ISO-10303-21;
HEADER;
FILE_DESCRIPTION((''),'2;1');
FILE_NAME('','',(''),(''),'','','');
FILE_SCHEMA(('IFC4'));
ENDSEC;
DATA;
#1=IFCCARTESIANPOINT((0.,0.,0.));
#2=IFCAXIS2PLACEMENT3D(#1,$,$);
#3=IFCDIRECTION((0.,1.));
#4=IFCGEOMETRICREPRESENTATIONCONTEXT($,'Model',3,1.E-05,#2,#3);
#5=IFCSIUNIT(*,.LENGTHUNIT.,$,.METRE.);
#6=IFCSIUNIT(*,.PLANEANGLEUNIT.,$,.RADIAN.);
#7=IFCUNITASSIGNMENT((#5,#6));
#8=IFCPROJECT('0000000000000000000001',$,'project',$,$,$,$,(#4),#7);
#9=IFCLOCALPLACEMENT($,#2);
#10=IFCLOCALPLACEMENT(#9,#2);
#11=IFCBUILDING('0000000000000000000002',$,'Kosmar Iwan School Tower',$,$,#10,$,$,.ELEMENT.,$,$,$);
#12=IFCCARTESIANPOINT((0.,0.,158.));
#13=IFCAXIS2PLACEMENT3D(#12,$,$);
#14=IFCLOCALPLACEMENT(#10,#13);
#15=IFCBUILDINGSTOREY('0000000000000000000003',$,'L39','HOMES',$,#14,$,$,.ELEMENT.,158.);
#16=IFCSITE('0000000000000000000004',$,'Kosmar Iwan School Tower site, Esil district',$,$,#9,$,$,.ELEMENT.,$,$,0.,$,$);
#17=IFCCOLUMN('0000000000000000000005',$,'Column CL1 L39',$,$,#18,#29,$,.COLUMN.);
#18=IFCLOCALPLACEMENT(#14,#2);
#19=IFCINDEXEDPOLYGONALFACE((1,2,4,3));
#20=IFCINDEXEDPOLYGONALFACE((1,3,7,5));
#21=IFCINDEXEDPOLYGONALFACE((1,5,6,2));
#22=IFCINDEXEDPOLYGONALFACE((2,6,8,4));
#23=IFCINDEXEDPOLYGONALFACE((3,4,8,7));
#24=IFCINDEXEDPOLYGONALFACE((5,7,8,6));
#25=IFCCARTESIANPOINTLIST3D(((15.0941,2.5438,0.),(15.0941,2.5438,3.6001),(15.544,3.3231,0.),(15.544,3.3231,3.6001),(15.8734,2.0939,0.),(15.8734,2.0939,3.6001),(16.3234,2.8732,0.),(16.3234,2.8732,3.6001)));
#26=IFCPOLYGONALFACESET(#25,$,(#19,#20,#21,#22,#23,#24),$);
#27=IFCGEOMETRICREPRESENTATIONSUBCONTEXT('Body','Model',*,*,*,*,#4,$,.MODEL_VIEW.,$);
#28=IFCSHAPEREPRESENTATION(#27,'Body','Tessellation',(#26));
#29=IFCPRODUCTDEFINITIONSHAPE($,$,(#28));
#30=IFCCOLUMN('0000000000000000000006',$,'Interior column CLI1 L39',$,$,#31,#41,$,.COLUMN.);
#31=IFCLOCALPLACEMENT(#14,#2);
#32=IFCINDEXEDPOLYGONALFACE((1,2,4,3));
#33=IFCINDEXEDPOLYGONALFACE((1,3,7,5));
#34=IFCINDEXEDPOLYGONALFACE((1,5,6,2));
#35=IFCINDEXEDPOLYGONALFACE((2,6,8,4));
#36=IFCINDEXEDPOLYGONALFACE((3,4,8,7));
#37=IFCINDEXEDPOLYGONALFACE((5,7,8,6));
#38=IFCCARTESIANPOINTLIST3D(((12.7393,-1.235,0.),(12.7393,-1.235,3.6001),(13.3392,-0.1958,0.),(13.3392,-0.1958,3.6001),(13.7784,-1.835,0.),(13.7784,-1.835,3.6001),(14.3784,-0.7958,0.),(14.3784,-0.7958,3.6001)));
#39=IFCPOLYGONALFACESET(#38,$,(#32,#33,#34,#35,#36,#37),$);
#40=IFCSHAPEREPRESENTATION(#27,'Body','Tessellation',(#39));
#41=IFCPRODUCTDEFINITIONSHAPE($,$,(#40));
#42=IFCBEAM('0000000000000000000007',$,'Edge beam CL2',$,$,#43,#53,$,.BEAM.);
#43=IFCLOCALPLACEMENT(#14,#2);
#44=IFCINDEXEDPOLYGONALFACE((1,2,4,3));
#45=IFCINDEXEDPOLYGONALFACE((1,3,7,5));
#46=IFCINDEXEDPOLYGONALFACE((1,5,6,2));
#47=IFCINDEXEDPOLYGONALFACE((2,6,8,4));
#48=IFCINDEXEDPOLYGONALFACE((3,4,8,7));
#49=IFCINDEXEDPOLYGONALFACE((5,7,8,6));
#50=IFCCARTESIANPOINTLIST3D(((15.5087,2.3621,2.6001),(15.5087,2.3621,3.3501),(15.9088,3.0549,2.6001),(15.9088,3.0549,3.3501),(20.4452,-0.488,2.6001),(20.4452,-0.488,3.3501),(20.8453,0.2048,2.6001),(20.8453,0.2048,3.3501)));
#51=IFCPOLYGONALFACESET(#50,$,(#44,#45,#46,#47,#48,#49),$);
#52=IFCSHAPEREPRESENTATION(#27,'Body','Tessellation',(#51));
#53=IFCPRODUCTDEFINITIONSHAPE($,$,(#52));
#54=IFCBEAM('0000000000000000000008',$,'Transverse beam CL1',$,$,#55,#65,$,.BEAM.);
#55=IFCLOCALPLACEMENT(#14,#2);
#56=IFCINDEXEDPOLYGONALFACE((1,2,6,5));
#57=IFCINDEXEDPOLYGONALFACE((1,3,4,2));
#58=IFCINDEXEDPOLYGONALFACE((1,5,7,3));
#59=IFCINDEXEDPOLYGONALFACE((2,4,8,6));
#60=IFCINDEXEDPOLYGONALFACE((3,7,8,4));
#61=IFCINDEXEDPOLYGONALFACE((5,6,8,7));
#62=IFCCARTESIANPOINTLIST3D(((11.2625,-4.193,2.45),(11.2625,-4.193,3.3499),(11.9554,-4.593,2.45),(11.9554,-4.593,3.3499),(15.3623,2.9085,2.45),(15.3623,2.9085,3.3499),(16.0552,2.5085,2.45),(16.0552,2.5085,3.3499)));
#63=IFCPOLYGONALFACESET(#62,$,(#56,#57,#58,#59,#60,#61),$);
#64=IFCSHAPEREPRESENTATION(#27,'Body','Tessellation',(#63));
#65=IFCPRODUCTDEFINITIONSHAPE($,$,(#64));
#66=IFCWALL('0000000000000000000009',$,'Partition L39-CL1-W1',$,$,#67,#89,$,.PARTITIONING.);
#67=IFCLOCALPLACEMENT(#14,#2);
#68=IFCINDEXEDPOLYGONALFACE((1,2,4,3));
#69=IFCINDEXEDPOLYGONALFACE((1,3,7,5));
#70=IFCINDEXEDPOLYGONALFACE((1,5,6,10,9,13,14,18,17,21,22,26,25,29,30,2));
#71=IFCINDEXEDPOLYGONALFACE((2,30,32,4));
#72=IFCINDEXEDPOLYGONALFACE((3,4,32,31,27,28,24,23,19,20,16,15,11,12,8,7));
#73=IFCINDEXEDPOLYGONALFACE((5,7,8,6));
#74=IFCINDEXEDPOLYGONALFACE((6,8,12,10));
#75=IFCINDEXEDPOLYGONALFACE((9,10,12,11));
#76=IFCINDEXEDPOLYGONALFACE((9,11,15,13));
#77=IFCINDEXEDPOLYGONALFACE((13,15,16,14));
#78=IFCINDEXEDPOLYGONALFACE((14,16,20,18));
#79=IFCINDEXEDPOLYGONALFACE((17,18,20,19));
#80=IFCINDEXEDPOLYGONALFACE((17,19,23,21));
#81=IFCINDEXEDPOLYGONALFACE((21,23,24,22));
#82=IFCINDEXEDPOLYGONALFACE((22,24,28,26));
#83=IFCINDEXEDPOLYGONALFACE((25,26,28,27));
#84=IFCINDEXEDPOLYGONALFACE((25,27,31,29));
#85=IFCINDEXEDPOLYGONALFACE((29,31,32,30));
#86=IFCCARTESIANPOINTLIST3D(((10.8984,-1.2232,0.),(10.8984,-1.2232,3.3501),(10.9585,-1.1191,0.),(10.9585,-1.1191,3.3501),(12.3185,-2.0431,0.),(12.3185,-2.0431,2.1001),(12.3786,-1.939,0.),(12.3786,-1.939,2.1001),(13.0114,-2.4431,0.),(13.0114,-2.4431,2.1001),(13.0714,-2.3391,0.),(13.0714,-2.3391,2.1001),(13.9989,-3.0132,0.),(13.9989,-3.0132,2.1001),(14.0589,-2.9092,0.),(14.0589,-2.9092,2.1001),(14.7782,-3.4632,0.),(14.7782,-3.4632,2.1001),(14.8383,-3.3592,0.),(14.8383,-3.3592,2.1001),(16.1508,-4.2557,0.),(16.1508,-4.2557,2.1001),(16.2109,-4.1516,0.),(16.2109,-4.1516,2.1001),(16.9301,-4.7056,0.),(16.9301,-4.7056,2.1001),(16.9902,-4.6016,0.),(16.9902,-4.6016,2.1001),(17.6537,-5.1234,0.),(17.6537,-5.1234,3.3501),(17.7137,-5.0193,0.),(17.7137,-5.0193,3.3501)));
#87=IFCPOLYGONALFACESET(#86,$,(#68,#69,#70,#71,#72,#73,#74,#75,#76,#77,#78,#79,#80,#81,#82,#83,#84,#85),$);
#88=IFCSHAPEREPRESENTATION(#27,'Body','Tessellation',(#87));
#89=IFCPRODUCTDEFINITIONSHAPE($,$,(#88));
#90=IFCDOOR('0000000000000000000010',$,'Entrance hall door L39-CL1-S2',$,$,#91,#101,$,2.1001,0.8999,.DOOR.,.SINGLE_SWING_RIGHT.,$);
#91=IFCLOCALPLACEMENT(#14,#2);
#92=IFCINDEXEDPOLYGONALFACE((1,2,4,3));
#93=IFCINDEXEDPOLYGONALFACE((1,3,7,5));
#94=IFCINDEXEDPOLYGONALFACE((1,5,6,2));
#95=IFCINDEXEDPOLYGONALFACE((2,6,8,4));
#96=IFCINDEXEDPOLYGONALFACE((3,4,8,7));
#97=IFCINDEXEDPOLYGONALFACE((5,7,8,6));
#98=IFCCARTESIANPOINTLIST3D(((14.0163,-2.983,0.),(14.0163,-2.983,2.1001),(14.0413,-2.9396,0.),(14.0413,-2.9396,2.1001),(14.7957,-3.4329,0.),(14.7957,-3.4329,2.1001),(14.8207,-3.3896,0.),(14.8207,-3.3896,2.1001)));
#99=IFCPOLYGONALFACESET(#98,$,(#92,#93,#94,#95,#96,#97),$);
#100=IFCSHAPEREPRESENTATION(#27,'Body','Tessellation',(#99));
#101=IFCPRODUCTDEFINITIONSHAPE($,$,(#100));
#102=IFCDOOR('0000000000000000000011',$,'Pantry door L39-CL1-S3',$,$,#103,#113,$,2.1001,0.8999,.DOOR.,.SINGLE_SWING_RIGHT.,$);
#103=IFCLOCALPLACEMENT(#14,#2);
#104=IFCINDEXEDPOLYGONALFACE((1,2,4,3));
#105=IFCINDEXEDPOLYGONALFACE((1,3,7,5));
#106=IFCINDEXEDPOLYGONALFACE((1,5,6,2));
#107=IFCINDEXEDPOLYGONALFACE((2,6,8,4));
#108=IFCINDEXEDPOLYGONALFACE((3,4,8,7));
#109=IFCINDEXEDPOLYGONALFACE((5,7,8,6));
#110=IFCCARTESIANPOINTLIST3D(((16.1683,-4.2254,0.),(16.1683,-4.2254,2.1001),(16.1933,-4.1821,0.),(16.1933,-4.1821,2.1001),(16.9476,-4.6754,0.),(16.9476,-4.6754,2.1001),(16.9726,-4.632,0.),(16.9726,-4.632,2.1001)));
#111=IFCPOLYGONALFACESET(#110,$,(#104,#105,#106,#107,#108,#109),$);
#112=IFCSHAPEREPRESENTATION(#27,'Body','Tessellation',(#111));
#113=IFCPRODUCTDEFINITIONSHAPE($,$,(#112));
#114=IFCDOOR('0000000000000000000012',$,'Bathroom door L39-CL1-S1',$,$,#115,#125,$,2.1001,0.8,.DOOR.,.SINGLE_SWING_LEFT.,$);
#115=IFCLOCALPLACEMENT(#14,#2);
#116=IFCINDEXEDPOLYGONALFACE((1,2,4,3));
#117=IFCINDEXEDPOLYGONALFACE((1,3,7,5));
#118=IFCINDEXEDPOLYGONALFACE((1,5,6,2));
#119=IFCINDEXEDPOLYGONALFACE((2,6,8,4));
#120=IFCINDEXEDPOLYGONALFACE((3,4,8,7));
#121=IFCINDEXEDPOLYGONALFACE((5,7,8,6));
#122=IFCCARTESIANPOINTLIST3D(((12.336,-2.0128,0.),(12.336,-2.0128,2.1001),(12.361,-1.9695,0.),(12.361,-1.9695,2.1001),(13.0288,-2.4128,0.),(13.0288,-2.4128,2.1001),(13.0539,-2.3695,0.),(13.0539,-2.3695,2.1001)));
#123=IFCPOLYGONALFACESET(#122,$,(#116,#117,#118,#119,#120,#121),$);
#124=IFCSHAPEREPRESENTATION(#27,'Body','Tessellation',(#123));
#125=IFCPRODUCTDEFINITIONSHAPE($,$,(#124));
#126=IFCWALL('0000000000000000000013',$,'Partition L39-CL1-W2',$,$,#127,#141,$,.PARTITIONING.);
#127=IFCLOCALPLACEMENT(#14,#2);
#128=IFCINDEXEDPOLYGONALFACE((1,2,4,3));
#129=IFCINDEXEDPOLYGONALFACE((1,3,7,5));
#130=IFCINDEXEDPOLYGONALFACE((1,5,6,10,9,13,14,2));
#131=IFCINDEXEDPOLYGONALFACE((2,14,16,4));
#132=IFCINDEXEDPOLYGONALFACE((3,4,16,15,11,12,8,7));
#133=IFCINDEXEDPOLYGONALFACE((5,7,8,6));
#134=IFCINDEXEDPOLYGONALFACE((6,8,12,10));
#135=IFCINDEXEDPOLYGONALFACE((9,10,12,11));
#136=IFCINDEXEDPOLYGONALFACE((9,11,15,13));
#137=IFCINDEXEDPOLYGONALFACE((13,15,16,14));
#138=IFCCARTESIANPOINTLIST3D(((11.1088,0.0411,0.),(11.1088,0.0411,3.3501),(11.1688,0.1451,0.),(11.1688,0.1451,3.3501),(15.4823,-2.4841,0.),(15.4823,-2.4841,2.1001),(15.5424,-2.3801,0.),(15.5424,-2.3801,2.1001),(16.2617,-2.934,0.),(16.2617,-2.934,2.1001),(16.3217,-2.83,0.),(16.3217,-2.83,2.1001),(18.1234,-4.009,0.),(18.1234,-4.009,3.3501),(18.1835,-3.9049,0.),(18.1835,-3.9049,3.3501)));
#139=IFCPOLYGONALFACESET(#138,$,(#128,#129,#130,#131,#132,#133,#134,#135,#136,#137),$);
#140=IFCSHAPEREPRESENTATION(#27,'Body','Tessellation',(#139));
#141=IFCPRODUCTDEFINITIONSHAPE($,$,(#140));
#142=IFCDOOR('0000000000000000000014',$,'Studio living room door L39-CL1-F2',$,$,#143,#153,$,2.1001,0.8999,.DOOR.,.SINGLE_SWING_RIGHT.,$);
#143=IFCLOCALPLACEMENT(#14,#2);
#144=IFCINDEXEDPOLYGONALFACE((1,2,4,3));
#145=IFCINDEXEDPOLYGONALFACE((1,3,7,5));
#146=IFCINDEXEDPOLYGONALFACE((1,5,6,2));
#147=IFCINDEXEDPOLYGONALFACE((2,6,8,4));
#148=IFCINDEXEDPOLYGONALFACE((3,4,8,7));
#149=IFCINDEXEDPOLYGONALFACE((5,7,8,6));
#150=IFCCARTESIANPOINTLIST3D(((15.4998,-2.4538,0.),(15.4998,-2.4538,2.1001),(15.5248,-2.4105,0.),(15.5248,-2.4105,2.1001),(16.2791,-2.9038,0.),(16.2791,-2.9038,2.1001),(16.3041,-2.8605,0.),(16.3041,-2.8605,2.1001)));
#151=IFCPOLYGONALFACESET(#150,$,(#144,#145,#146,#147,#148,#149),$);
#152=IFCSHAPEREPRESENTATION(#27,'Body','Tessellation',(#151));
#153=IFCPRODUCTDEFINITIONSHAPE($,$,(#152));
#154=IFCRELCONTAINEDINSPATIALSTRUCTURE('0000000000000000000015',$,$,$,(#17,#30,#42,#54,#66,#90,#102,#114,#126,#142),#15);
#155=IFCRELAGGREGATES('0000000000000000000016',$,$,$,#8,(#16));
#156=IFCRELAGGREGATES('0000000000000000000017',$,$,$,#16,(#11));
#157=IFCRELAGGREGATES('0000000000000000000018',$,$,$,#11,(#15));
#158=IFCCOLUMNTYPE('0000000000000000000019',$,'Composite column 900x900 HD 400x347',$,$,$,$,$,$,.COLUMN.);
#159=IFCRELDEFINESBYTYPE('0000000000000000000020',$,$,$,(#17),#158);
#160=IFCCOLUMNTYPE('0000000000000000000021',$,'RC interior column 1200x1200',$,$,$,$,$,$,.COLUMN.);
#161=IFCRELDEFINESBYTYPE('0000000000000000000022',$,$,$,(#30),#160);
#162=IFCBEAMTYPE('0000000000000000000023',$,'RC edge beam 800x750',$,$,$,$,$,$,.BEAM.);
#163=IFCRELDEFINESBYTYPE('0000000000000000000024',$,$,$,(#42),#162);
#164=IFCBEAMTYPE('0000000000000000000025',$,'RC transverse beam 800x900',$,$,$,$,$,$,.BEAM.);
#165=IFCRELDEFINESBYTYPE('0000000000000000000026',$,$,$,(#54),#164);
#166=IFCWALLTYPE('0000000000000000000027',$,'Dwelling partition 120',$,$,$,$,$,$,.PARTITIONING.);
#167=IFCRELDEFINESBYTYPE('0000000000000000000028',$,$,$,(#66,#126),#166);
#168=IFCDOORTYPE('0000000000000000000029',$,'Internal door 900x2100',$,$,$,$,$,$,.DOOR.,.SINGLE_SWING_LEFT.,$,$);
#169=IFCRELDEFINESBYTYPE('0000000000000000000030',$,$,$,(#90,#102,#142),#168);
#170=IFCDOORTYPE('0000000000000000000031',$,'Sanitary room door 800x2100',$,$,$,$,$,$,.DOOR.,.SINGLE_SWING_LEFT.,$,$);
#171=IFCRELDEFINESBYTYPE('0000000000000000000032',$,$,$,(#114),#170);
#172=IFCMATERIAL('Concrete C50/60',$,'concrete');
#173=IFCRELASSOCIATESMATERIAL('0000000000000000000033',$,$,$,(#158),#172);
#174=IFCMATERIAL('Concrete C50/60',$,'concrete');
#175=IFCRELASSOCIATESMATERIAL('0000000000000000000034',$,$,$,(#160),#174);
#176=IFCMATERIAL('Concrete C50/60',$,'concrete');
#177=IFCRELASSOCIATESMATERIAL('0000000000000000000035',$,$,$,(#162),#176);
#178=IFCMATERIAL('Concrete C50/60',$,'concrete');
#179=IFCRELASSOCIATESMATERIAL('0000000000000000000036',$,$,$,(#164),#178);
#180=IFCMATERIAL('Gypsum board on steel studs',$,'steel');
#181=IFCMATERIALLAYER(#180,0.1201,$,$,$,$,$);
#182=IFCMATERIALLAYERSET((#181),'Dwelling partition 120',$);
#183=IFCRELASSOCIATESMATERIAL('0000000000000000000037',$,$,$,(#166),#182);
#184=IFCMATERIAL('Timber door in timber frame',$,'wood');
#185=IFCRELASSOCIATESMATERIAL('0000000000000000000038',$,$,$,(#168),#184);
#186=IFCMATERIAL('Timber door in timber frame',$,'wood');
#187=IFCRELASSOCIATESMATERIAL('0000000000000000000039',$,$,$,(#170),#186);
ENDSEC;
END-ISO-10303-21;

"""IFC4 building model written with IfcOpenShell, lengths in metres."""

from ifc_helpers import new_model, si_unit, direction, frame, frame_2d, origin, origin_2d, place, context, subcontext, project, spatial, rectangle, extrude, material, layer, layer_set, material_profile, profile_set, type_object, element, fill, save


model = new_model("IFC4")

# Units and contexts
model_context = context("Model", 3, precision=1e-05, world=origin(), true_north=direction((0.0, 1.0)))
body_context = subcontext(model_context, "Body", "Model", "MODEL_VIEW")
ifc_project = project(units=[si_unit("LENGTHUNIT", "METRE"), si_unit("PLANEANGLEUNIT", "RADIAN")], contexts=[model_context])

# Site, building, storey
site_placement = place(None, origin())
site = spatial("IfcSite", under=ifc_project, at=site_placement, Name="Kosmar Iwan School Tower site, Esil district", CompositionType="ELEMENT", RefElevation=0.0)
building_placement = place(site_placement, origin())
building = spatial("IfcBuilding", under=site, at=building_placement, Name="Kosmar Iwan School Tower", CompositionType="ELEMENT")
storey_placement = place(building_placement, frame((0.0, 0.0, 158.0)))
storey = spatial("IfcBuildingStorey", under=building, at=storey_placement, Name="L39", Description="HOMES", CompositionType="ELEMENT", Elevation=158.0)

# Columns
ifc_material_1 = material(Name="Concrete C50/60", Category="concrete")
ifc_material_profile_1 = material_profile(ifc_material_1, rectangle(XDim=0.8999, YDim=0.8999, at=origin_2d()), Name="RC 900x900 + HD 400x347")
ifc_profile_set_1 = profile_set([ifc_material_profile_1], Name="Concrete C50/60")
column_type_1 = type_object("IfcColumnType", Name="Composite column 900x900 HD 400x347", PredefinedType="COLUMN", material=ifc_profile_set_1)
column_1_placement = place(storey_placement, frame((15.7087, 2.7085, 0.0), z_axis=(0.0, 0.0, 1.0), x_axis=(0.866025, -0.5, 0.0)))
element("IfcColumn", 1, at=column_1_placement, inside=storey, type_object=column_type_1, Name="Column CL1 L39", PredefinedType="COLUMN", context=body_context, shape_type="SweptSolid", body=[
    extrude(rectangle(XDim=0.8999, YDim=0.8999, at=origin_2d()), origin(), (0.0, 0.0, 1.0), 3.6001),
])
ifc_material_2 = material(Name="Concrete C50/60", Category="concrete")
ifc_material_profile_2 = material_profile(ifc_material_2, rectangle(XDim=1.2, YDim=1.2, at=origin_2d()), Name="RC 1200x1200")
ifc_profile_set_2 = profile_set([ifc_material_profile_2], Name="Concrete C50/60")
column_type_2 = type_object("IfcColumnType", Name="RC interior column 1200x1200", PredefinedType="COLUMN", material=ifc_profile_set_2)
column_2_placement = place(storey_placement, frame((13.5588, -1.0154, 0.0), z_axis=(0.0, 0.0, 1.0), x_axis=(0.866025, -0.5, 0.0)))
element("IfcColumn", 2, at=column_2_placement, inside=storey, type_object=column_type_2, Name="Interior column CLI1 L39", PredefinedType="COLUMN", context=body_context, shape_type="SweptSolid", body=[
    extrude(rectangle(XDim=1.2, YDim=1.2, at=origin_2d()), origin(), (0.0, 0.0, 1.0), 3.6001),
])

# Beams
ifc_material_3 = material(Name="Concrete C50/60", Category="concrete")
ifc_material_profile_3 = material_profile(ifc_material_3, rectangle(XDim=0.8, YDim=0.75, at=origin_2d()), Name="RC 800x750")
ifc_profile_set_3 = profile_set([ifc_material_profile_3], Name="Concrete C50/60")
beam_type_1 = type_object("IfcBeamType", Name="RC edge beam 800x750", PredefinedType="BEAM", material=ifc_profile_set_3)
beam_1_placement = place(storey_placement, frame((15.7087, 2.7085, 2.9751), z_axis=(0.866026, -0.499999, 0.0), x_axis=(0.499999, 0.866026, 0.0)))
element("IfcBeam", 3, at=beam_1_placement, inside=storey, type_object=beam_type_1, Name="Edge beam CL2", PredefinedType="BEAM", context=body_context, shape_type="SweptSolid", body=[
    extrude(rectangle(XDim=0.8, YDim=0.75, at=origin_2d()), origin(), (0.0, 0.0, 1.0), 5.7002),
])
ifc_material_4 = material(Name="Concrete C50/60", Category="concrete")
ifc_material_profile_4 = material_profile(ifc_material_4, rectangle(XDim=0.8, YDim=0.8999, at=origin_2d()), Name="RC 800x900")
ifc_profile_set_4 = profile_set([ifc_material_profile_4], Name="Concrete C50/60")
beam_type_2 = type_object("IfcBeamType", Name="RC transverse beam 800x900", PredefinedType="BEAM", material=ifc_profile_set_4)
beam_2_placement = place(storey_placement, frame((15.7087, 2.7085, 2.8999), z_axis=(-0.499978, -0.866038, 0.0), x_axis=(0.866038, -0.499978, 0.0)))
element("IfcBeam", 4, at=beam_2_placement, inside=storey, type_object=beam_type_2, Name="Transverse beam CL1", PredefinedType="BEAM", context=body_context, shape_type="SweptSolid", body=[
    extrude(rectangle(XDim=0.8, YDim=0.8999, at=origin_2d()), origin(), (0.0, 0.0, 1.0), 8.2),
])

# Wall, openings, doors
ifc_material_5 = material(Name="Gypsum board on steel studs", Category="steel")
ifc_layer_1 = layer(ifc_material_5, 0.1201)
ifc_layer_set_1 = layer_set([ifc_layer_1], Name="Dwelling partition 120")
wall_type_1 = type_object("IfcWallType", Name="Dwelling partition 120", PredefinedType="PARTITIONING", material=ifc_layer_set_1)
wall_1_placement = place(storey_placement, frame((10.9285, -1.1711, 0.0), z_axis=(0.0, 0.0, 1.0), x_axis=(0.866021, -0.500007, 0.0)))
wall_1 = element("IfcWall", 5, at=wall_1_placement, inside=storey, type_object=wall_type_1, Name="Partition L39-CL1-W1", PredefinedType="PARTITIONING", context=body_context, shape_type="SweptSolid", body=[
    extrude(rectangle(XDim=7.8003, YDim=0.1201, at=frame_2d((3.9001, 0.0))), origin(), (0.0, 0.0, 1.0), 3.3501),
])
opening_1_placement = place(wall_1_placement, frame((1.6399, 0.0, 0.0)))
opening_1 = element("IfcOpeningElement", 6, at=opening_1_placement, cuts=wall_1, PredefinedType="OPENING", context=body_context, shape_type="SweptSolid", body=[
    extrude(rectangle(XDim=0.8, YDim=2.1001, at=frame_2d((0.3999, 1.05))), frame((0.0, 0.072, 0.0), z_axis=(0.0, -1.0, 0.0), x_axis=(1.0, 0.0, 0.0)), (0.0, 0.0, 1.0), 0.144),
])
opening_2_placement = place(wall_1_placement, frame((3.5801, 0.0, 0.0)))
opening_2 = element("IfcOpeningElement", 7, at=opening_2_placement, cuts=wall_1, PredefinedType="OPENING", context=body_context, shape_type="SweptSolid", body=[
    extrude(rectangle(XDim=0.8999, YDim=2.1001, at=frame_2d((0.45, 1.05))), frame((0.0, 0.072, 0.0), z_axis=(0.0, -1.0, 0.0), x_axis=(1.0, 0.0, 0.0)), (0.0, 0.0, 1.0), 0.144),
])
opening_3_placement = place(wall_1_placement, frame((6.0649, 0.0, 0.0)))
opening_3 = element("IfcOpeningElement", 8, at=opening_3_placement, cuts=wall_1, PredefinedType="OPENING", context=body_context, shape_type="SweptSolid", body=[
    extrude(rectangle(XDim=0.8999, YDim=2.1001, at=frame_2d((0.45, 1.05))), frame((0.0, 0.072, 0.0), z_axis=(0.0, -1.0, 0.0), x_axis=(1.0, 0.0, 0.0)), (0.0, 0.0, 1.0), 0.144),
])
ifc_material_6 = material(Name="Timber door in timber frame", Category="wood")
door_type_1 = type_object("IfcDoorType", Name="Internal door 900x2100", OperationType="SINGLE_SWING_LEFT", PredefinedType="DOOR", material=ifc_material_6)
door_1_placement = place(opening_2_placement, origin())
door_1 = element("IfcDoor", 9, at=door_1_placement, inside=storey, type_object=door_type_1, Name="Entrance hall door L39-CL1-S2", OperationType="SINGLE_SWING_RIGHT", OverallHeight=2.1001, OverallWidth=0.8999, PredefinedType="DOOR", context=body_context, shape_type="SweptSolid", body=[
    extrude(rectangle(XDim=0.8999, YDim=2.1001, at=frame_2d((0.45, 1.05))), frame((0.0, 0.0249, 0.0), z_axis=(0.0, -1.0, 0.0), x_axis=(1.0, 0.0, 0.0)), (0.0, 0.0, 1.0), 0.05),
])
fill(opening_2, door_1)
door_2_placement = place(opening_3_placement, origin())
door_2 = element("IfcDoor", 10, at=door_2_placement, inside=storey, type_object=door_type_1, Name="Pantry door L39-CL1-S3", OperationType="SINGLE_SWING_RIGHT", OverallHeight=2.1001, OverallWidth=0.8999, PredefinedType="DOOR", context=body_context, shape_type="SweptSolid", body=[
    extrude(rectangle(XDim=0.8999, YDim=2.1001, at=frame_2d((0.45, 1.05))), frame((0.0, 0.0249, 0.0), z_axis=(0.0, -1.0, 0.0), x_axis=(1.0, 0.0, 0.0)), (0.0, 0.0, 1.0), 0.05),
])
fill(opening_3, door_2)
ifc_material_7 = material(Name="Timber door in timber frame", Category="wood")
door_type_2 = type_object("IfcDoorType", Name="Sanitary room door 800x2100", OperationType="SINGLE_SWING_LEFT", PredefinedType="DOOR", material=ifc_material_7)
door_3_placement = place(opening_1_placement, origin())
door_3 = element("IfcDoor", 11, at=door_3_placement, inside=storey, type_object=door_type_2, Name="Bathroom door L39-CL1-S1", OperationType="SINGLE_SWING_LEFT", OverallHeight=2.1001, OverallWidth=0.8, PredefinedType="DOOR", context=body_context, shape_type="SweptSolid", body=[
    extrude(rectangle(XDim=0.8, YDim=2.1001, at=frame_2d((0.3999, 1.05))), frame((0.0, 0.0249, 0.0), z_axis=(0.0, -1.0, 0.0), x_axis=(1.0, 0.0, 0.0)), (0.0, 0.0, 1.0), 0.05),
])
fill(opening_1, door_3)

# Wall, opening, door
wall_2_placement = place(storey_placement, frame((11.1389, 0.093, 0.0), z_axis=(0.0, 0.0, 1.0), x_axis=(0.866018, -0.500013, 0.0)))
wall_2 = element("IfcWall", 12, at=wall_2_placement, inside=storey, type_object=wall_type_1, Name="Partition L39-CL1-W2", PredefinedType="PARTITIONING", context=body_context, shape_type="SweptSolid", body=[
    extrude(rectangle(XDim=8.0999, YDim=0.1201, at=frame_2d((4.0498, 0.0))), origin(), (0.0, 0.0, 1.0), 3.3501),
])
opening_4_placement = place(wall_2_placement, frame((5.05, 0.0, 0.0)))
opening_4 = element("IfcOpeningElement", 13, at=opening_4_placement, cuts=wall_2, PredefinedType="OPENING", context=body_context, shape_type="SweptSolid", body=[
    extrude(rectangle(XDim=0.8999, YDim=2.1001, at=frame_2d((0.45, 1.05))), frame((0.0, 0.072, 0.0), z_axis=(0.0, -1.0, 0.0), x_axis=(1.0, 0.0, 0.0)), (0.0, 0.0, 1.0), 0.144),
])
door_4_placement = place(opening_4_placement, origin())
door_4 = element("IfcDoor", 14, at=door_4_placement, inside=storey, type_object=door_type_1, Name="Studio living room door L39-CL1-F2", OperationType="SINGLE_SWING_RIGHT", OverallHeight=2.1001, OverallWidth=0.8999, PredefinedType="DOOR", context=body_context, shape_type="SweptSolid", body=[
    extrude(rectangle(XDim=0.8999, YDim=2.1001, at=frame_2d((0.45, 1.05))), frame((0.0, 0.0249, 0.0), z_axis=(0.0, -1.0, 0.0), x_axis=(1.0, 0.0, 0.0)), (0.0, 0.0, 1.0), 0.05),
])
fill(opening_4, door_4)

save(model, "model.ifc")
